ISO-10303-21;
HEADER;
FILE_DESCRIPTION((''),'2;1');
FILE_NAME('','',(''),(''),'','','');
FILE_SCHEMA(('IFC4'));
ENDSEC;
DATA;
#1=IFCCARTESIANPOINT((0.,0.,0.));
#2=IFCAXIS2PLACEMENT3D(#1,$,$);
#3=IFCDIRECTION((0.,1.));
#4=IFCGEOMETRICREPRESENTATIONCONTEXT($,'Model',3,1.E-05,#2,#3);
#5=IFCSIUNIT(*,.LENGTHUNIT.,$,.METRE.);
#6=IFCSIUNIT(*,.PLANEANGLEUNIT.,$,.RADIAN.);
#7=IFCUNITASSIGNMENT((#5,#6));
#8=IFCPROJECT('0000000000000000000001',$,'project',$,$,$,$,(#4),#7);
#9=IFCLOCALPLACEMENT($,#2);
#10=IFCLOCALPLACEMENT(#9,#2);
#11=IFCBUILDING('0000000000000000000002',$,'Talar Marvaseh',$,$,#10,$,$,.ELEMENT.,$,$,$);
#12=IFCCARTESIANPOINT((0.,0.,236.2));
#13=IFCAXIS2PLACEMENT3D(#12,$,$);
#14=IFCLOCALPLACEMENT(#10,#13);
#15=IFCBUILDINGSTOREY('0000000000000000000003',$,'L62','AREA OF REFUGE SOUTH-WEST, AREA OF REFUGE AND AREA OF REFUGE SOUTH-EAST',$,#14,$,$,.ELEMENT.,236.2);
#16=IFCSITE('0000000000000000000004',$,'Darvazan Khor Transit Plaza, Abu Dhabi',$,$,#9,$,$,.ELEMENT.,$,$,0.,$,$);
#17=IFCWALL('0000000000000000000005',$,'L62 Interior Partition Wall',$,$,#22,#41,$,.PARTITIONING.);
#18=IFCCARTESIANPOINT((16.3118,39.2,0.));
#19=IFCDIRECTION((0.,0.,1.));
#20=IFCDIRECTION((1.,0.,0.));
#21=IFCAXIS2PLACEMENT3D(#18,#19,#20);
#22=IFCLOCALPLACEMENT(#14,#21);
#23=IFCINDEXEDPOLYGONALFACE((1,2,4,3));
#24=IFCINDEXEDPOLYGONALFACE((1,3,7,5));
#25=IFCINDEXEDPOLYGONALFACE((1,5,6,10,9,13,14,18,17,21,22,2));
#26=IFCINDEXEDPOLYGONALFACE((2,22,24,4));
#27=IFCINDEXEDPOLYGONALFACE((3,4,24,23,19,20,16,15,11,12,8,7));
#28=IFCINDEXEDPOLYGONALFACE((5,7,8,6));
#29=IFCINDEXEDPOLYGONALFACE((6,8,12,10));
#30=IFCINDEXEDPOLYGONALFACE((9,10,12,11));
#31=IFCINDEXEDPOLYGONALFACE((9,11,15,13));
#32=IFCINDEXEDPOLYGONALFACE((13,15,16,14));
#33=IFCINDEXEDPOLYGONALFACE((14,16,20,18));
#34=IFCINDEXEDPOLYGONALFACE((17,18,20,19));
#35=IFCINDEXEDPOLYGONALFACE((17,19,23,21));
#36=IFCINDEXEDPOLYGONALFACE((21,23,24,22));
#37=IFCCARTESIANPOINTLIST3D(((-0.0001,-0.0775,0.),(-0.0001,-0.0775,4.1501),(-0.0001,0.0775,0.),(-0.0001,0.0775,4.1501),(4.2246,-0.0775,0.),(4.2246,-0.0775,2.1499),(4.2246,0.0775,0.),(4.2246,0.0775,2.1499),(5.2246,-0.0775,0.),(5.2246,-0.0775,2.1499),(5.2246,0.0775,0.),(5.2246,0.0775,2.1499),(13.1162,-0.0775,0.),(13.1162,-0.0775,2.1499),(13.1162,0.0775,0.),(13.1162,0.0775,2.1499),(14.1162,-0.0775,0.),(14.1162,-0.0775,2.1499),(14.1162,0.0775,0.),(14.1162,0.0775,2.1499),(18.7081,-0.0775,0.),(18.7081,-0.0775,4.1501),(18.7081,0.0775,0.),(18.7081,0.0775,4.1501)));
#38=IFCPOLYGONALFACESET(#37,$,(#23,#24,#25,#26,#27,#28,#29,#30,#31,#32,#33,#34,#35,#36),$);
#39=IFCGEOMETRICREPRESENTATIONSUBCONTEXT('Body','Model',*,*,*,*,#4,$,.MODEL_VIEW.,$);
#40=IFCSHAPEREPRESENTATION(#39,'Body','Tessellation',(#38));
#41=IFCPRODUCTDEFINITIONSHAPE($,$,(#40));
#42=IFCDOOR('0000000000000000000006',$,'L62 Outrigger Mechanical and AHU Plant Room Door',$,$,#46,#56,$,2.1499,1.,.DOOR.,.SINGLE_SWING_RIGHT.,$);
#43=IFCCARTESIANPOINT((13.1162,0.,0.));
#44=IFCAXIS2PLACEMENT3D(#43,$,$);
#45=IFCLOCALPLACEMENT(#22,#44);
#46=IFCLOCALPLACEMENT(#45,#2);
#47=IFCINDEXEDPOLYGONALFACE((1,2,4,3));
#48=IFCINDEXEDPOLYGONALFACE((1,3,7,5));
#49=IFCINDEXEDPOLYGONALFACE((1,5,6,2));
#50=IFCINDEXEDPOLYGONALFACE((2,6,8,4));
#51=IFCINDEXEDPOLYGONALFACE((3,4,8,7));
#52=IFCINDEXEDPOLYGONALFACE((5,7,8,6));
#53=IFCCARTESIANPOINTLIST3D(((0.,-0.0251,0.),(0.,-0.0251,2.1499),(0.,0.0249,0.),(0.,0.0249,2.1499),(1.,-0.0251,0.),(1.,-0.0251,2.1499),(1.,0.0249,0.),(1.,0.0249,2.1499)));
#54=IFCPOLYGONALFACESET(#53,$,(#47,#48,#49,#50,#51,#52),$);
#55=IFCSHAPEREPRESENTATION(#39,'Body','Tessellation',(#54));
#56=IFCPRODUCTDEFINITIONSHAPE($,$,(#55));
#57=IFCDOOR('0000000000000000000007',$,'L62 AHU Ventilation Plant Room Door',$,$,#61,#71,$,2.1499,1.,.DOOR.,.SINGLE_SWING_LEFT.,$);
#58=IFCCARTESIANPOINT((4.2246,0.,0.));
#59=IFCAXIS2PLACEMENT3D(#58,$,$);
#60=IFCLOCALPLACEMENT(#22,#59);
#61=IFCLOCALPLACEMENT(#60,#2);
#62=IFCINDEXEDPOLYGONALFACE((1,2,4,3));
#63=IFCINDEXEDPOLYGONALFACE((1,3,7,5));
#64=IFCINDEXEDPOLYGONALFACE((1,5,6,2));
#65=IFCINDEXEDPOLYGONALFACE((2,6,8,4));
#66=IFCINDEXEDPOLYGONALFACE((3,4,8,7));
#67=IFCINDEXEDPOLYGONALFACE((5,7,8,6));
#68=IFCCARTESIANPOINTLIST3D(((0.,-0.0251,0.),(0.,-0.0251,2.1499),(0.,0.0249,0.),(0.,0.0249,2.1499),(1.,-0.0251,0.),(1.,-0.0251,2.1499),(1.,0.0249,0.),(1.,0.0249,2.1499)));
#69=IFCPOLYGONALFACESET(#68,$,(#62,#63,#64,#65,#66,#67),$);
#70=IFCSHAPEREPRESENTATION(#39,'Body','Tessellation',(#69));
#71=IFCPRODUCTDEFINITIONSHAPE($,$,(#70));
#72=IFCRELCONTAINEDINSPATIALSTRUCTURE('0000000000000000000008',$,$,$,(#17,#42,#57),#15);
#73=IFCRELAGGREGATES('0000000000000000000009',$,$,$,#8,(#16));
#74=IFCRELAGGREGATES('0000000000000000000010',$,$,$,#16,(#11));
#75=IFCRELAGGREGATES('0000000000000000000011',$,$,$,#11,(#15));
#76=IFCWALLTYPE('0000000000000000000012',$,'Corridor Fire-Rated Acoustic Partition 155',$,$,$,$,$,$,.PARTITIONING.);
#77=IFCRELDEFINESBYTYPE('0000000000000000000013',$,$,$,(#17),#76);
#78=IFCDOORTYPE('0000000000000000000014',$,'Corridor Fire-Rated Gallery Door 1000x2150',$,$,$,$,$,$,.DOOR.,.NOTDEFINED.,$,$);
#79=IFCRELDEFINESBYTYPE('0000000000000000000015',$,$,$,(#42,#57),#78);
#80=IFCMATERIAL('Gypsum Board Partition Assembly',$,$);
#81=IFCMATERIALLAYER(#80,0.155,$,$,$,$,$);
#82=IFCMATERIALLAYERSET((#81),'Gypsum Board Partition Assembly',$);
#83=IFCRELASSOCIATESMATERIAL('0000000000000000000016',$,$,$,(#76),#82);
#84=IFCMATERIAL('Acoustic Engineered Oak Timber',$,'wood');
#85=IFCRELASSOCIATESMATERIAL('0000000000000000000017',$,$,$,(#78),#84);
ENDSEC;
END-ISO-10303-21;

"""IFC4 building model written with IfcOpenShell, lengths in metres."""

from ifc_helpers import new_model, si_unit, direction, frame, frame_2d, origin, place, context, subcontext, project, spatial, rectangle, extrude, source, transform, mapped, material, layer, layer_set, type_object, type_shapes, element, fill, save


model = new_model("IFC4")

# Units and contexts
model_context = context("Model", 3, precision=1e-05, world=origin(), true_north=direction((0.0, 1.0)))
body_context = subcontext(model_context, "Body", "Model", "MODEL_VIEW")
ifc_project = project(units=[si_unit("LENGTHUNIT", "METRE"), si_unit("PLANEANGLEUNIT", "RADIAN")], contexts=[model_context])

# Site, building, storey
site_placement = place(None, origin())
site = spatial("IfcSite", under=ifc_project, at=site_placement, Name="Darvazan Khor Transit Plaza, Abu Dhabi", CompositionType="ELEMENT", RefElevation=0.0)
building_placement = place(site_placement, origin())
building = spatial("IfcBuilding", under=site, at=building_placement, Name="Talar Marvaseh", CompositionType="ELEMENT")
storey_placement = place(building_placement, frame((0.0, 0.0, 236.2)))
storey = spatial("IfcBuildingStorey", under=building, at=storey_placement, Name="L62", Description="AREA OF REFUGE SOUTH-WEST, AREA OF REFUGE AND AREA OF REFUGE SOUTH-EAST", CompositionType="ELEMENT", Elevation=236.2)

# Wall, openings, doors
ifc_material_1 = material(Name="Gypsum Board Partition Assembly")
ifc_layer_1 = layer(ifc_material_1, 0.155)
ifc_layer_set_1 = layer_set([ifc_layer_1], Name="Gypsum Board Partition Assembly")
wall_type = type_object("IfcWallType", Name="Corridor Fire-Rated Acoustic Partition 155", PredefinedType="PARTITIONING", material=ifc_layer_set_1)
wall_1_placement = place(storey_placement, frame((16.3118, 39.2, 0.0), z_axis=(0.0, 0.0, 1.0), x_axis=(1.0, 0.0, 0.0)))
wall_1 = element("IfcWall", 1, at=wall_1_placement, inside=storey, type_object=wall_type, Name="L62 Interior Partition Wall", PredefinedType="PARTITIONING", context=body_context, shape_type="SweptSolid", body=[
    extrude(rectangle(XDim=18.7083, YDim=0.155, at=frame_2d((9.354, 0.0))), origin(), (0.0, 0.0, 1.0), 4.1501),
])
opening_1_placement = place(wall_1_placement, frame((13.1162, 0.0, 0.0)))
opening_1 = element("IfcOpeningElement", 2, at=opening_1_placement, cuts=wall_1, PredefinedType="OPENING", context=body_context, shape_type="SweptSolid", body=[
    extrude(rectangle(XDim=1.0, YDim=2.1499, at=frame_2d((0.5, 1.075))), frame((0.0, 0.0874, 0.0), z_axis=(0.0, -1.0, 0.0), x_axis=(1.0, 0.0, 0.0)), (0.0, 0.0, 1.0), 0.175),
])
opening_2_placement = place(wall_1_placement, frame((4.2246, 0.0, 0.0)))
opening_2 = element("IfcOpeningElement", 3, at=opening_2_placement, cuts=wall_1, PredefinedType="OPENING", context=body_context, shape_type="SweptSolid", body=[
    extrude(rectangle(XDim=1.0, YDim=2.1499, at=frame_2d((0.5, 1.075))), frame((0.0, 0.0874, 0.0), z_axis=(0.0, -1.0, 0.0), x_axis=(1.0, 0.0, 0.0)), (0.0, 0.0, 1.0), 0.175),
])
ifc_material_2 = material(Name="Acoustic Engineered Oak Timber", Category="wood")
door_type = type_object("IfcDoorType", Name="Corridor Fire-Rated Gallery Door 1000x2150", OperationType="NOTDEFINED", PredefinedType="DOOR", material=ifc_material_2)
shared_shape_1 = source(origin(), body_context, "Body", "SweptSolid", [
    extrude(rectangle(XDim=1.0, YDim=2.1499, at=frame_2d((0.5, 1.075))), frame((0.0, 0.0249, 0.0), z_axis=(0.0, -1.0, 0.0), x_axis=(1.0, 0.0, 0.0)), (0.0, 0.0, 1.0), 0.05),
])
type_shapes(door_type, [shared_shape_1])
door_1_placement = place(opening_1_placement, origin())
door_1 = element("IfcDoor", 4, at=door_1_placement, inside=storey, type_object=door_type, Name="L62 Outrigger Mechanical and AHU Plant Room Door", OperationType="SINGLE_SWING_RIGHT", OverallHeight=2.1499, OverallWidth=1.0, PredefinedType="DOOR", context=body_context, shape_type="MappedRepresentation", body=[
    mapped(shared_shape_1, transform((0.0, 0.0, 0.0), x_axis=(1.0, 0.0, 0.0), y_axis=(0.0, 1.0, 0.0), z_axis=(0.0, 0.0, 1.0), scale=1.0)),
])
fill(opening_1, door_1)
door_2_placement = place(opening_2_placement, origin())
door_2 = element("IfcDoor", 5, at=door_2_placement, inside=storey, type_object=door_type, Name="L62 AHU Ventilation Plant Room Door", OperationType="SINGLE_SWING_LEFT", OverallHeight=2.1499, OverallWidth=1.0, PredefinedType="DOOR", context=body_context, shape_type="MappedRepresentation", body=[
    mapped(shared_shape_1, transform((0.0, 0.0, 0.0), x_axis=(1.0, 0.0, 0.0), y_axis=(0.0, 1.0, 0.0), z_axis=(0.0, 0.0, 1.0), scale=1.0)),
])
fill(opening_2, door_2)

save(model, "model.ifc")
